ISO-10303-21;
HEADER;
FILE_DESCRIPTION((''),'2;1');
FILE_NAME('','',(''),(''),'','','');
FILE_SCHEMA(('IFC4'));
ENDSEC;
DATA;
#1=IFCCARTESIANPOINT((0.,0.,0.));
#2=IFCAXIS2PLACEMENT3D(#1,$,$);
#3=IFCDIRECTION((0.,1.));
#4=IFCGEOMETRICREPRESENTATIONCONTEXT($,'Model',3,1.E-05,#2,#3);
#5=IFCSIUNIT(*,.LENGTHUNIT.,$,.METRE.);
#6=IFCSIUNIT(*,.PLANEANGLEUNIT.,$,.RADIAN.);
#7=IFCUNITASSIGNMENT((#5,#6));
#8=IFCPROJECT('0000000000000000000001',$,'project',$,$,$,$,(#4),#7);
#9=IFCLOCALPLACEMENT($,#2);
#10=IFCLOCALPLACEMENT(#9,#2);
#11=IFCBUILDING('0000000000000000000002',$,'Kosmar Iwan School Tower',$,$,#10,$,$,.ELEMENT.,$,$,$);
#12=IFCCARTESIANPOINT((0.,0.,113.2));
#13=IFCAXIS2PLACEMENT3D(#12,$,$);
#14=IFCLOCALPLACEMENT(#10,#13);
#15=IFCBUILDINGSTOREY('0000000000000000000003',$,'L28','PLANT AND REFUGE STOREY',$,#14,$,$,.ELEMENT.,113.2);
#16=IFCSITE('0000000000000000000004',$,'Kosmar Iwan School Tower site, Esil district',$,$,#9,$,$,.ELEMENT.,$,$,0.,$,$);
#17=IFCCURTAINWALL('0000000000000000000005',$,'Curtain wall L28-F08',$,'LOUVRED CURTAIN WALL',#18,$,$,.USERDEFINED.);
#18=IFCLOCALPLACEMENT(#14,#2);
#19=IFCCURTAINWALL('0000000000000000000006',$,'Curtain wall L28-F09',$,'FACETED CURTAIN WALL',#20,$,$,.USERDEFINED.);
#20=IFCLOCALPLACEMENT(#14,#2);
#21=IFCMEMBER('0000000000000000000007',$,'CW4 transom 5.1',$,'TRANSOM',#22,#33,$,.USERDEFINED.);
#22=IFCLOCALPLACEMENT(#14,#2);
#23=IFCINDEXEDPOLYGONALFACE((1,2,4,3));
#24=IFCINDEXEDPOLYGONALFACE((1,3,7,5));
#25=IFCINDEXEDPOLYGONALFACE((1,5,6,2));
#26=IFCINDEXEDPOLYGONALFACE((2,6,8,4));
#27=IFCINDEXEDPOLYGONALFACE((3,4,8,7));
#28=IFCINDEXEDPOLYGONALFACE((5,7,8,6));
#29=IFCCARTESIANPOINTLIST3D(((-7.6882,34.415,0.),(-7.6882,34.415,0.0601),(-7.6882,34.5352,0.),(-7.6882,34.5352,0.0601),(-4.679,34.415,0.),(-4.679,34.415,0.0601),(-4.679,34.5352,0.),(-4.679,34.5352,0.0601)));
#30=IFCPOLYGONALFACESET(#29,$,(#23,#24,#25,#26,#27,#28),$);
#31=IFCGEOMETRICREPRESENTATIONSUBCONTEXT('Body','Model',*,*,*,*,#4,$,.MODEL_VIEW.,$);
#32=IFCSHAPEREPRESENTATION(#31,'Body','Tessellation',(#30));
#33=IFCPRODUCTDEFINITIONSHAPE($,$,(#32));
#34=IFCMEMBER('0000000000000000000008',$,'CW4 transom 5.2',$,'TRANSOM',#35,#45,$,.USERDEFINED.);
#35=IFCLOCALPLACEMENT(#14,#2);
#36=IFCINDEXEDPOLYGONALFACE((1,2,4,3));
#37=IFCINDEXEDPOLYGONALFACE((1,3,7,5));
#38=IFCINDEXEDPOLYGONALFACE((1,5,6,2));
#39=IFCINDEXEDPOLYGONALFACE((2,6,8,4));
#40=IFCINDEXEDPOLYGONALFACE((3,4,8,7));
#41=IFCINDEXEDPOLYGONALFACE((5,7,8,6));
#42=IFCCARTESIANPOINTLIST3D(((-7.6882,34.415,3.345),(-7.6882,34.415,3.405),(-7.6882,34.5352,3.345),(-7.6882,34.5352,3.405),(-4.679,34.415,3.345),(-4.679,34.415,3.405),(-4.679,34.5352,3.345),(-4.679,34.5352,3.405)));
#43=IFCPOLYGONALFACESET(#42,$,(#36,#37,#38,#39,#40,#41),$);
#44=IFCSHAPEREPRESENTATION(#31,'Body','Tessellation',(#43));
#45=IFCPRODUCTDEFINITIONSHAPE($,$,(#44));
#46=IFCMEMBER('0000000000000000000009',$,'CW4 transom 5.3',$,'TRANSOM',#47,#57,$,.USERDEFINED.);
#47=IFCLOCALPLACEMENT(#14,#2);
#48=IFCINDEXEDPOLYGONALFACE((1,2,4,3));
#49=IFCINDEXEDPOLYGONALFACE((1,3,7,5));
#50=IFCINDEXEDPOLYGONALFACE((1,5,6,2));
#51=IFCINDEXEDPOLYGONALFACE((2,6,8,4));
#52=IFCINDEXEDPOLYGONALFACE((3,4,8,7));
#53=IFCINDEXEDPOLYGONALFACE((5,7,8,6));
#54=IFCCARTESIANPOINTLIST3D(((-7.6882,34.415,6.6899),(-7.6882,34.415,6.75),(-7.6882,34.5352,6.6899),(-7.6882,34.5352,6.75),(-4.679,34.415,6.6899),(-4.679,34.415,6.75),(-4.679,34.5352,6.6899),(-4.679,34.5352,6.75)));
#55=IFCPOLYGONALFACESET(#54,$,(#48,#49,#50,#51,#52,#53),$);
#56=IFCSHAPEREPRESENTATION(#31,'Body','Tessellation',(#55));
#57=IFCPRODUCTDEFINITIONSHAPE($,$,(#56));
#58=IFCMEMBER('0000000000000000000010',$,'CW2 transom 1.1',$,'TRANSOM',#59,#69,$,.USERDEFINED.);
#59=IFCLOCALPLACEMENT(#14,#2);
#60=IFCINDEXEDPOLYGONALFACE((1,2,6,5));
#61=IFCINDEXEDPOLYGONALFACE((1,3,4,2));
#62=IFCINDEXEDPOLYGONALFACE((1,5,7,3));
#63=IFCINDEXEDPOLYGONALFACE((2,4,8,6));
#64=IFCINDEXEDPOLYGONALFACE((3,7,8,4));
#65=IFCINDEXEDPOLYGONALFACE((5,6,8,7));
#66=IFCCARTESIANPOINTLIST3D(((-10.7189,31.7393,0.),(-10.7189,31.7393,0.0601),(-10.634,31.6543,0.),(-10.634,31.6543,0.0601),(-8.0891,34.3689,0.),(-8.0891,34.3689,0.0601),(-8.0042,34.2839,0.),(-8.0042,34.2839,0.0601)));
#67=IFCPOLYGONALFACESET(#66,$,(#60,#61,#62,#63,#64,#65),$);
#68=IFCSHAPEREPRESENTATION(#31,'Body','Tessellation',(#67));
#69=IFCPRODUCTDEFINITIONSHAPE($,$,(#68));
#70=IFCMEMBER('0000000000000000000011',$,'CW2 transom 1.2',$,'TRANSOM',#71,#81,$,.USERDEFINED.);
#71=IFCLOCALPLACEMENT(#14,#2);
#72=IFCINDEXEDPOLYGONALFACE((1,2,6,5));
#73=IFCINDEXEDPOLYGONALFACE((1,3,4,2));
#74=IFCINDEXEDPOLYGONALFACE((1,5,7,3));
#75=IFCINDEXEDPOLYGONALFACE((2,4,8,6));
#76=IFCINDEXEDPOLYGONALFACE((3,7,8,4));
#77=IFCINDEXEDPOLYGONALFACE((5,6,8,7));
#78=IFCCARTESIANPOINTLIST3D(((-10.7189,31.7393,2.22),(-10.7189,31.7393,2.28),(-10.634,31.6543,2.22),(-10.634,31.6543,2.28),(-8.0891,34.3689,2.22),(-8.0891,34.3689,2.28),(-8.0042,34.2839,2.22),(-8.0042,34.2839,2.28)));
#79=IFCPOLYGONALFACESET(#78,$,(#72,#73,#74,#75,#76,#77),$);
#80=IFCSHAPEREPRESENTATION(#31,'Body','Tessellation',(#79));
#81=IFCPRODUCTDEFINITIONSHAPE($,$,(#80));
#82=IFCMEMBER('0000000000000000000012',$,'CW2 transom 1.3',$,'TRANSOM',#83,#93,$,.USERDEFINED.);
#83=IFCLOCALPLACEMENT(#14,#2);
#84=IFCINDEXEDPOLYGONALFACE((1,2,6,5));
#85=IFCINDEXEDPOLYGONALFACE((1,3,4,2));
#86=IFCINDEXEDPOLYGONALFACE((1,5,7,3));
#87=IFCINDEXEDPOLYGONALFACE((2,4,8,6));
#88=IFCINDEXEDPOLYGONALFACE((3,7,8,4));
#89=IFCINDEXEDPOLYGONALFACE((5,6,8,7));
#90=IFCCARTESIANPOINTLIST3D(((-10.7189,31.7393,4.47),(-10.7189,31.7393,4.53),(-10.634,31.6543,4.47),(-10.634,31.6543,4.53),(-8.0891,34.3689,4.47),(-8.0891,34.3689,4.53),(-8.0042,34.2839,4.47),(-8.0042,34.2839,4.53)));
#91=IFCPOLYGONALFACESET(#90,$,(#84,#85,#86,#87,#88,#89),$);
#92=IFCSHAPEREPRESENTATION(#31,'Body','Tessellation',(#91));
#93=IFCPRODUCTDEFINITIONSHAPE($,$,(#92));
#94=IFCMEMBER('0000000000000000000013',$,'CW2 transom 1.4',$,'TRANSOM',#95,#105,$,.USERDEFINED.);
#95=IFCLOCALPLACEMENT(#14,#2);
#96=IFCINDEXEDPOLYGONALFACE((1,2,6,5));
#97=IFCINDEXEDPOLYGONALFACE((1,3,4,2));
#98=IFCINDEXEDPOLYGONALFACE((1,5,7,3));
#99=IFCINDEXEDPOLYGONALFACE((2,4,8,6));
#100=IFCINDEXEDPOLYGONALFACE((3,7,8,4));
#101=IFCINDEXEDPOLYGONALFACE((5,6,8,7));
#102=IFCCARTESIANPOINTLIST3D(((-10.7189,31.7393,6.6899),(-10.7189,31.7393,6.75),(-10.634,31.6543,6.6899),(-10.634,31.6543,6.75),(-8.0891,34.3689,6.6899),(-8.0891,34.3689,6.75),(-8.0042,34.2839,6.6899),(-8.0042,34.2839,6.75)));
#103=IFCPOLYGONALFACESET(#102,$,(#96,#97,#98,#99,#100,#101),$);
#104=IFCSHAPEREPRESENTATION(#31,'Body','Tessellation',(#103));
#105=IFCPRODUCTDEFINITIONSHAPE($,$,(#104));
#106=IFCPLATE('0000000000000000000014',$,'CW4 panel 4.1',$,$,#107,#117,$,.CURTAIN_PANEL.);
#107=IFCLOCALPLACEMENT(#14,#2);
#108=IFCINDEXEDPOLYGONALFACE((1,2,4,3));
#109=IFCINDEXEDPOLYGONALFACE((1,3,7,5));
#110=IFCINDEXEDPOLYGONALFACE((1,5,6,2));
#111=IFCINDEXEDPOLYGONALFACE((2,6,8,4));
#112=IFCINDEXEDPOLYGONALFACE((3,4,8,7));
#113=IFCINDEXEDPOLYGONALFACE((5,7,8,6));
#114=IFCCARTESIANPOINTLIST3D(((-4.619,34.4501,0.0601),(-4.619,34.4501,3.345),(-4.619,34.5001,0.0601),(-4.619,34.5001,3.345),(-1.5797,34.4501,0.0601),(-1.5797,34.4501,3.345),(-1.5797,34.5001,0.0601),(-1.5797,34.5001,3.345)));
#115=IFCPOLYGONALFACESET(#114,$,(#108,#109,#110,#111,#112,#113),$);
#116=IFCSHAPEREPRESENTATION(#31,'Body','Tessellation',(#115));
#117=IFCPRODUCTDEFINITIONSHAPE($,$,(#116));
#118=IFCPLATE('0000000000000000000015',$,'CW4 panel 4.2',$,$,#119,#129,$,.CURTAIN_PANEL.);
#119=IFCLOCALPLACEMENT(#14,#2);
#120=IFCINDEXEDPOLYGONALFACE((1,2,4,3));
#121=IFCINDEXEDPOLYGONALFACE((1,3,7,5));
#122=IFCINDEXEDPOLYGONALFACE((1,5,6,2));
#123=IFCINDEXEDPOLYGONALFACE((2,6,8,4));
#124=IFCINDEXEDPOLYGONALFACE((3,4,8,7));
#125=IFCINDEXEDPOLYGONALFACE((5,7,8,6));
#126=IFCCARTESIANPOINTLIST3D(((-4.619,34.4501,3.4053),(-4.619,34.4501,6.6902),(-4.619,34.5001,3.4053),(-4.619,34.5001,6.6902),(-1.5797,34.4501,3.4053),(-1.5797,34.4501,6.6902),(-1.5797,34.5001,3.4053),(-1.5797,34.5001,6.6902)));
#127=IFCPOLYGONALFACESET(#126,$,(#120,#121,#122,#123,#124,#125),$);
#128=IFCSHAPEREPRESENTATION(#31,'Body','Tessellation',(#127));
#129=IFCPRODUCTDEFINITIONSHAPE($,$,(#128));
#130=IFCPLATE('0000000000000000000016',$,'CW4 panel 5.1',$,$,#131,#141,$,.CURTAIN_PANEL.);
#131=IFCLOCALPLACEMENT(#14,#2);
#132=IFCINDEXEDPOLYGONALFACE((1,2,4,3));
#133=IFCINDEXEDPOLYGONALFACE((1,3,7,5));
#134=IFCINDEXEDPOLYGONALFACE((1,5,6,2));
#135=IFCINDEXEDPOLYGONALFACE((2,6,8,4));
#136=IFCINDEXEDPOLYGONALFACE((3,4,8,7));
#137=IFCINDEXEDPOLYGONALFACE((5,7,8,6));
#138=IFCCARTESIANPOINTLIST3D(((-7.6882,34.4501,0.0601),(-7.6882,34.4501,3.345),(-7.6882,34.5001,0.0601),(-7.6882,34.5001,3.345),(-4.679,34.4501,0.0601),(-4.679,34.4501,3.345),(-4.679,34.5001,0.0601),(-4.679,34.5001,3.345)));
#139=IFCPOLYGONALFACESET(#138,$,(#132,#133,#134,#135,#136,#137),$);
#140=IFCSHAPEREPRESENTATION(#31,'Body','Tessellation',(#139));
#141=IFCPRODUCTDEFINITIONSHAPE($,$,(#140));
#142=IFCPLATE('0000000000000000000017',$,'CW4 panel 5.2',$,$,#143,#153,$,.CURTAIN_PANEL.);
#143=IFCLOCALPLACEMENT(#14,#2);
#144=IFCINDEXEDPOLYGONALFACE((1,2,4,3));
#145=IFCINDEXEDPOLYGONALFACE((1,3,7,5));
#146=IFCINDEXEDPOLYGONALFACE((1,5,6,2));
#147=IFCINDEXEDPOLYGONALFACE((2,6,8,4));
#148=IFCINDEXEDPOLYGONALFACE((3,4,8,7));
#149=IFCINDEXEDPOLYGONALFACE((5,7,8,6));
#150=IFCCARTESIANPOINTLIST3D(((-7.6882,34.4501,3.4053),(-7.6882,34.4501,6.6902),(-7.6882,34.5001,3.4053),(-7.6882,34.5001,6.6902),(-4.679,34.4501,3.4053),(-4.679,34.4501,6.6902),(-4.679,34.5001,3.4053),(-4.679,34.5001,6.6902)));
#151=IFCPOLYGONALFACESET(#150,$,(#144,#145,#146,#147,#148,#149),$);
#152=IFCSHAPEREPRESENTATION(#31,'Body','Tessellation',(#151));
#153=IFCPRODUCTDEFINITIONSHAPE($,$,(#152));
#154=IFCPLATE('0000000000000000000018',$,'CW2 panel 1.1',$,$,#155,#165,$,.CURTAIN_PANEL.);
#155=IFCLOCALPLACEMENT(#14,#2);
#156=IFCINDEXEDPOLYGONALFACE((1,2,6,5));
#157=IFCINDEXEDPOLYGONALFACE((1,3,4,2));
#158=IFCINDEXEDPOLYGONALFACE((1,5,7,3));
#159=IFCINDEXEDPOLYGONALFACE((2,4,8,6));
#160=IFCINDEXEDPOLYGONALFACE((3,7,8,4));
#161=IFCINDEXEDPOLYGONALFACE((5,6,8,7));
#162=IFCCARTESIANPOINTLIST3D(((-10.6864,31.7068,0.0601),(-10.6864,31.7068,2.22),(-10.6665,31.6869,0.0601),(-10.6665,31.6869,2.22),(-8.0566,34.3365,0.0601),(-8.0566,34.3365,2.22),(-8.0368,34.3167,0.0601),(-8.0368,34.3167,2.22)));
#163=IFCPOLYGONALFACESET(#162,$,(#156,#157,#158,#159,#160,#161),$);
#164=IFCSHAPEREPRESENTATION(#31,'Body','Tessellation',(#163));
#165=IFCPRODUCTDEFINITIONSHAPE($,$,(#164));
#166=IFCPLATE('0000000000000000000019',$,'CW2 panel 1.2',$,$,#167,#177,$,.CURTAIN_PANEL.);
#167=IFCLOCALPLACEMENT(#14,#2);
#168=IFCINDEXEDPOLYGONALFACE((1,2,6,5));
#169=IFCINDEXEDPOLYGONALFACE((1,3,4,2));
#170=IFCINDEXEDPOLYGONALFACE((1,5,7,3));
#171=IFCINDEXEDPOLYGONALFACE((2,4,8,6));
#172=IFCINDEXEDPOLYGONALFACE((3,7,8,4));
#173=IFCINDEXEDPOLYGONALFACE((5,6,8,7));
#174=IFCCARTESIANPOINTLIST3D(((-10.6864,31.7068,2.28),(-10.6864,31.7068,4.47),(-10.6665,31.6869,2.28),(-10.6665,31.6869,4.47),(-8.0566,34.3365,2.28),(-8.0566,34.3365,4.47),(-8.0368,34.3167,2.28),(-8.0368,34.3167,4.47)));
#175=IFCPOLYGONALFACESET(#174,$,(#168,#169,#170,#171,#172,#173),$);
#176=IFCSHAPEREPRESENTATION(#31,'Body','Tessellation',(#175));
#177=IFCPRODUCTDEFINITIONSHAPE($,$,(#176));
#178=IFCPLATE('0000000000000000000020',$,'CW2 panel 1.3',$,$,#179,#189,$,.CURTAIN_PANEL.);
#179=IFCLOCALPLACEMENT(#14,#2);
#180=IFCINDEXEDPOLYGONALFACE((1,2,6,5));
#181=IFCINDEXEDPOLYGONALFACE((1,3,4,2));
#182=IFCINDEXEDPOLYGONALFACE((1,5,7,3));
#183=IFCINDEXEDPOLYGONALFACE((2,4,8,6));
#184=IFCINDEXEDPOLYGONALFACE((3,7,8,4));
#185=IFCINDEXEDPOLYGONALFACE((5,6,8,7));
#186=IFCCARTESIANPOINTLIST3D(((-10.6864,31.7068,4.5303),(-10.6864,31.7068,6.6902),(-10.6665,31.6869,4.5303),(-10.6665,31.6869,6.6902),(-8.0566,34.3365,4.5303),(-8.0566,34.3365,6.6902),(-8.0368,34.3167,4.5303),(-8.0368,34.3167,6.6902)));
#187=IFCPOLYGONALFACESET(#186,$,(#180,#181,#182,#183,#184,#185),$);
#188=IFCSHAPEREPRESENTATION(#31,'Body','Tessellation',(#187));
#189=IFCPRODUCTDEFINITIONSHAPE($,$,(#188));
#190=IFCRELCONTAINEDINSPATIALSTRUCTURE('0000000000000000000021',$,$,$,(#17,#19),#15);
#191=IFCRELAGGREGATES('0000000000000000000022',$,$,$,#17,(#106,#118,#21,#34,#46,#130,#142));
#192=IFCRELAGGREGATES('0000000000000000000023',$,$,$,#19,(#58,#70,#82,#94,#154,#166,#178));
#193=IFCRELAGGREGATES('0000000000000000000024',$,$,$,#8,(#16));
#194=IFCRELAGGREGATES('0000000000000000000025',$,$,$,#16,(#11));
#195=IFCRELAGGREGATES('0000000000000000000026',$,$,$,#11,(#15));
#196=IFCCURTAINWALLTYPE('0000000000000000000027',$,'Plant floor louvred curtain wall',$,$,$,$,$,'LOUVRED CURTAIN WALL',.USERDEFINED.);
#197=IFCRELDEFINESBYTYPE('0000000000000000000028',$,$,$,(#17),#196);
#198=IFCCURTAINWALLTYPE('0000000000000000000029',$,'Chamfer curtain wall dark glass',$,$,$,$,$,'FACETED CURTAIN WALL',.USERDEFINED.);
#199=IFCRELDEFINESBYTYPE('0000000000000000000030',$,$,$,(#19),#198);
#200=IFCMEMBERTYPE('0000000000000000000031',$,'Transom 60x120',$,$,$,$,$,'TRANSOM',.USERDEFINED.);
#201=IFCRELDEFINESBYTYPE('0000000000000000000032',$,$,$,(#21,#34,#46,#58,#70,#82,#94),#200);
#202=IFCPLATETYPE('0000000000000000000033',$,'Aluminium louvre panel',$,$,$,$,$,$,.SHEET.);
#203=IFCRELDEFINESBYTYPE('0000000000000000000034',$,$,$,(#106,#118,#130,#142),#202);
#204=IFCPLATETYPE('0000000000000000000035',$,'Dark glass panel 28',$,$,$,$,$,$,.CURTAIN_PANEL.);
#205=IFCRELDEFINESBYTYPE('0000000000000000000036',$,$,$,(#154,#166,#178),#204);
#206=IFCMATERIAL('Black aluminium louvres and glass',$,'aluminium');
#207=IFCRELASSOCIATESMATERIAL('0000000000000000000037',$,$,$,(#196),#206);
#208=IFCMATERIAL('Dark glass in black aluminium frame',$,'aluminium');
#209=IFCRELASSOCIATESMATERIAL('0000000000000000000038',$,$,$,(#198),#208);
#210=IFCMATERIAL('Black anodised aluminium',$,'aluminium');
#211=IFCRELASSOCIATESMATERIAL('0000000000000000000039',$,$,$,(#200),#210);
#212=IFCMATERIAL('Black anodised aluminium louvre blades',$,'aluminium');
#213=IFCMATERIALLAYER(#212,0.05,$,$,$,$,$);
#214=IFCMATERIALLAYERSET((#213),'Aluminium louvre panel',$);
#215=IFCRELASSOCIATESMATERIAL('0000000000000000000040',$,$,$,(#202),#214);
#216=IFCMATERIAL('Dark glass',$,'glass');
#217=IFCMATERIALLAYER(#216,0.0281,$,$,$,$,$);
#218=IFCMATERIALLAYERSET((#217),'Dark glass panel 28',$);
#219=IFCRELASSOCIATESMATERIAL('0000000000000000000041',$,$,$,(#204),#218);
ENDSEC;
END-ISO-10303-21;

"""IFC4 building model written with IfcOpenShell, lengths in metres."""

from ifc_helpers import new_model, si_unit, direction, frame, origin, origin_2d, place, context, subcontext, project, spatial, rectangle, extrude, material, layer, layer_set, material_profile, profile_set, type_object, element, aggregate, save


model = new_model("IFC4")

# Units and contexts
model_context = context("Model", 3, precision=1e-05, world=origin(), true_north=direction((0.0, 1.0)))
body_context = subcontext(model_context, "Body", "Model", "MODEL_VIEW")
ifc_project = project(units=[si_unit("LENGTHUNIT", "METRE"), si_unit("PLANEANGLEUNIT", "RADIAN")], contexts=[model_context])

# Site, building, storey
site_placement = place(None, origin())
site = spatial("IfcSite", under=ifc_project, at=site_placement, Name="Kosmar Iwan School Tower site, Esil district", CompositionType="ELEMENT", RefElevation=0.0)
building_placement = place(site_placement, origin())
building = spatial("IfcBuilding", under=site, at=building_placement, Name="Kosmar Iwan School Tower", CompositionType="ELEMENT")
storey_placement = place(building_placement, frame((0.0, 0.0, 113.2)))
storey = spatial("IfcBuildingStorey", under=building, at=storey_placement, Name="L28", Description="PLANT AND REFUGE STOREY", CompositionType="ELEMENT", Elevation=113.2)

# Curtain walls
ifc_material_1 = material(Name="Black aluminium louvres and glass", Category="aluminium")
curtain_wall_type_1 = type_object("IfcCurtainWallType", Name="Plant floor louvred curtain wall", ElementType="LOUVRED CURTAIN WALL", PredefinedType="USERDEFINED", material=ifc_material_1)
curtain_wall_1_placement = place(storey_placement, origin())
curtain_wall_1 = element("IfcCurtainWall", 1, at=curtain_wall_1_placement, inside=storey, type_object=curtain_wall_type_1, Name="Curtain wall L28-F08", ObjectType="LOUVRED CURTAIN WALL", PredefinedType="USERDEFINED")
ifc_material_2 = material(Name="Dark glass in black aluminium frame", Category="aluminium")
curtain_wall_type_2 = type_object("IfcCurtainWallType", Name="Chamfer curtain wall dark glass", ElementType="FACETED CURTAIN WALL", PredefinedType="USERDEFINED", material=ifc_material_2)
curtain_wall_2_placement = place(storey_placement, origin())
curtain_wall_2 = element("IfcCurtainWall", 2, at=curtain_wall_2_placement, inside=storey, type_object=curtain_wall_type_2, Name="Curtain wall L28-F09", ObjectType="FACETED CURTAIN WALL", PredefinedType="USERDEFINED")

# Members
ifc_material_3 = material(Name="Black anodised aluminium", Category="aluminium")
ifc_material_profile_1 = material_profile(ifc_material_3, rectangle(XDim=0.1201, YDim=0.0601, at=origin_2d()), Name="TRANSOM 60x120")
ifc_profile_set_1 = profile_set([ifc_material_profile_1], Name="Black anodised aluminium")
member_type_1 = type_object("IfcMemberType", Name="Transom 60x120", ElementType="TRANSOM", PredefinedType="USERDEFINED", material=ifc_profile_set_1)
member_1_placement = place(storey_placement, frame((-4.679, 34.4751, 0.03), z_axis=(-1.0, 0.0, 0.0), x_axis=(0.0, -1.0, 0.0)))
member_1 = element("IfcMember", 3, at=member_1_placement, type_object=member_type_1, Name="CW4 transom 5.1", ObjectType="TRANSOM", PredefinedType="USERDEFINED", context=body_context, shape_type="SweptSolid", body=[
    extrude(rectangle(XDim=0.1201, YDim=0.0601, at=origin_2d()), origin(), (0.0, 0.0, 1.0), 3.0093),
])
member_2_placement = place(storey_placement, frame((-4.679, 34.4751, 3.375), z_axis=(-1.0, 0.0, 0.0), x_axis=(0.0, -1.0, 0.0)))
member_2 = element("IfcMember", 4, at=member_2_placement, type_object=member_type_1, Name="CW4 transom 5.2", ObjectType="TRANSOM", PredefinedType="USERDEFINED", context=body_context, shape_type="SweptSolid", body=[
    extrude(rectangle(XDim=0.1201, YDim=0.0601, at=origin_2d()), origin(), (0.0, 0.0, 1.0), 3.0093),
])
member_3_placement = place(storey_placement, frame((-4.679, 34.4751, 6.72), z_axis=(-1.0, 0.0, 0.0), x_axis=(0.0, -1.0, 0.0)))
member_3 = element("IfcMember", 5, at=member_3_placement, type_object=member_type_1, Name="CW4 transom 5.3", ObjectType="TRANSOM", PredefinedType="USERDEFINED", context=body_context, shape_type="SweptSolid", body=[
    extrude(rectangle(XDim=0.1201, YDim=0.0601, at=origin_2d()), origin(), (0.0, 0.0, 1.0), 3.0093),
])
member_4_placement = place(storey_placement, frame((-8.0466, 34.3264, 0.03), z_axis=(-0.70714, -0.707074, 0.0), x_axis=(0.707074, -0.70714, 0.0)))
member_4 = element("IfcMember", 6, at=member_4_placement, type_object=member_type_1, Name="CW2 transom 1.1", ObjectType="TRANSOM", PredefinedType="USERDEFINED", context=body_context, shape_type="SweptSolid", body=[
    extrude(rectangle(XDim=0.1201, YDim=0.0601, at=origin_2d()), origin(), (0.0, 0.0, 1.0), 3.719),
])
member_5_placement = place(storey_placement, frame((-8.0466, 34.3264, 2.25), z_axis=(-0.70714, -0.707074, 0.0), x_axis=(0.707074, -0.70714, 0.0)))
member_5 = element("IfcMember", 7, at=member_5_placement, type_object=member_type_1, Name="CW2 transom 1.2", ObjectType="TRANSOM", PredefinedType="USERDEFINED", context=body_context, shape_type="SweptSolid", body=[
    extrude(rectangle(XDim=0.1201, YDim=0.0601, at=origin_2d()), origin(), (0.0, 0.0, 1.0), 3.719),
])
member_6_placement = place(storey_placement, frame((-8.0466, 34.3264, 4.5), z_axis=(-0.70714, -0.707074, 0.0), x_axis=(0.707074, -0.70714, 0.0)))
member_6 = element("IfcMember", 8, at=member_6_placement, type_object=member_type_1, Name="CW2 transom 1.3", ObjectType="TRANSOM", PredefinedType="USERDEFINED", context=body_context, shape_type="SweptSolid", body=[
    extrude(rectangle(XDim=0.1201, YDim=0.0601, at=origin_2d()), origin(), (0.0, 0.0, 1.0), 3.719),
])
member_7_placement = place(storey_placement, frame((-8.0466, 34.3264, 6.72), z_axis=(-0.70714, -0.707074, 0.0), x_axis=(0.707074, -0.70714, 0.0)))
member_7 = element("IfcMember", 9, at=member_7_placement, type_object=member_type_1, Name="CW2 transom 1.4", ObjectType="TRANSOM", PredefinedType="USERDEFINED", context=body_context, shape_type="SweptSolid", body=[
    extrude(rectangle(XDim=0.1201, YDim=0.0601, at=origin_2d()), origin(), (0.0, 0.0, 1.0), 3.719),
])

# Plates
ifc_material_4 = material(Name="Black anodised aluminium louvre blades", Category="aluminium")
ifc_layer_1 = layer(ifc_material_4, 0.05)
ifc_layer_set_1 = layer_set([ifc_layer_1], Name="Aluminium louvre panel")
plate_type_1 = type_object("IfcPlateType", Name="Aluminium louvre panel", PredefinedType="SHEET", material=ifc_layer_set_1)
plate_1_placement = place(storey_placement, frame((-3.0994, 34.4751, 0.0601), z_axis=(0.0, 0.0, 1.0), x_axis=(-1.0, 0.0, 0.0)))
plate_1 = element("IfcPlate", 10, at=plate_1_placement, type_object=plate_type_1, Name="CW4 panel 4.1", PredefinedType="CURTAIN_PANEL", context=body_context, shape_type="SweptSolid", body=[
    extrude(rectangle(XDim=3.0393, YDim=0.05, at=origin_2d()), origin(), (0.0, 0.0, 1.0), 3.2849),
])
plate_2_placement = place(storey_placement, frame((-3.0994, 34.4751, 3.4053), z_axis=(0.0, 0.0, 1.0), x_axis=(-1.0, 0.0, 0.0)))
plate_2 = element("IfcPlate", 11, at=plate_2_placement, type_object=plate_type_1, Name="CW4 panel 4.2", PredefinedType="CURTAIN_PANEL", context=body_context, shape_type="SweptSolid", body=[
    extrude(rectangle(XDim=3.0393, YDim=0.05, at=origin_2d()), origin(), (0.0, 0.0, 1.0), 3.2849),
])
plate_3_placement = place(storey_placement, frame((-6.1836, 34.4751, 0.0601), z_axis=(0.0, 0.0, 1.0), x_axis=(-1.0, 0.0, 0.0)))
plate_3 = element("IfcPlate", 12, at=plate_3_placement, type_object=plate_type_1, Name="CW4 panel 5.1", PredefinedType="CURTAIN_PANEL", context=body_context, shape_type="SweptSolid", body=[
    extrude(rectangle(XDim=3.0093, YDim=0.05, at=origin_2d()), origin(), (0.0, 0.0, 1.0), 3.2849),
])
plate_4_placement = place(storey_placement, frame((-6.1836, 34.4751, 3.4053), z_axis=(0.0, 0.0, 1.0), x_axis=(-1.0, 0.0, 0.0)))
plate_4 = element("IfcPlate", 13, at=plate_4_placement, type_object=plate_type_1, Name="CW4 panel 5.2", PredefinedType="CURTAIN_PANEL", context=body_context, shape_type="SweptSolid", body=[
    extrude(rectangle(XDim=3.0093, YDim=0.05, at=origin_2d()), origin(), (0.0, 0.0, 1.0), 3.2849),
])
aggregate(curtain_wall_1, [plate_1, plate_2, member_1, member_2, member_3, plate_3, plate_4])
ifc_material_5 = material(Name="Dark glass", Category="glass")
ifc_layer_2 = layer(ifc_material_5, 0.0281)
ifc_layer_set_2 = layer_set([ifc_layer_2], Name="Dark glass panel 28")
plate_type_2 = type_object("IfcPlateType", Name="Dark glass panel 28", PredefinedType="CURTAIN_PANEL", material=ifc_layer_set_2)
plate_5_placement = place(storey_placement, frame((-9.3616, 33.0117, 0.0601), z_axis=(0.0, 0.0, 1.0), x_axis=(-0.707107, -0.707107, 0.0)))
plate_5 = element("IfcPlate", 14, at=plate_5_placement, type_object=plate_type_2, Name="CW2 panel 1.1", PredefinedType="CURTAIN_PANEL", context=body_context, shape_type="SweptSolid", body=[
    extrude(rectangle(XDim=3.719, YDim=0.0281, at=origin_2d()), origin(), (0.0, 0.0, 1.0), 2.1599),
])
plate_6_placement = place(storey_placement, frame((-9.3616, 33.0117, 2.28), z_axis=(0.0, 0.0, 1.0), x_axis=(-0.707107, -0.707107, 0.0)))
plate_6 = element("IfcPlate", 15, at=plate_6_placement, type_object=plate_type_2, Name="CW2 panel 1.2", PredefinedType="CURTAIN_PANEL", context=body_context, shape_type="SweptSolid", body=[
    extrude(rectangle(XDim=3.719, YDim=0.0281, at=origin_2d()), origin(), (0.0, 0.0, 1.0), 2.1899),
])
plate_7_placement = place(storey_placement, frame((-9.3616, 33.0117, 4.5303), z_axis=(0.0, 0.0, 1.0), x_axis=(-0.707107, -0.707107, 0.0)))
plate_7 = element("IfcPlate", 16, at=plate_7_placement, type_object=plate_type_2, Name="CW2 panel 1.3", PredefinedType="CURTAIN_PANEL", context=body_context, shape_type="SweptSolid", body=[
    extrude(rectangle(XDim=3.719, YDim=0.0281, at=origin_2d()), origin(), (0.0, 0.0, 1.0), 2.1599),
])
aggregate(curtain_wall_2, [member_4, member_5, member_6, member_7, plate_5, plate_6, plate_7])

save(model, "model.ifc")
